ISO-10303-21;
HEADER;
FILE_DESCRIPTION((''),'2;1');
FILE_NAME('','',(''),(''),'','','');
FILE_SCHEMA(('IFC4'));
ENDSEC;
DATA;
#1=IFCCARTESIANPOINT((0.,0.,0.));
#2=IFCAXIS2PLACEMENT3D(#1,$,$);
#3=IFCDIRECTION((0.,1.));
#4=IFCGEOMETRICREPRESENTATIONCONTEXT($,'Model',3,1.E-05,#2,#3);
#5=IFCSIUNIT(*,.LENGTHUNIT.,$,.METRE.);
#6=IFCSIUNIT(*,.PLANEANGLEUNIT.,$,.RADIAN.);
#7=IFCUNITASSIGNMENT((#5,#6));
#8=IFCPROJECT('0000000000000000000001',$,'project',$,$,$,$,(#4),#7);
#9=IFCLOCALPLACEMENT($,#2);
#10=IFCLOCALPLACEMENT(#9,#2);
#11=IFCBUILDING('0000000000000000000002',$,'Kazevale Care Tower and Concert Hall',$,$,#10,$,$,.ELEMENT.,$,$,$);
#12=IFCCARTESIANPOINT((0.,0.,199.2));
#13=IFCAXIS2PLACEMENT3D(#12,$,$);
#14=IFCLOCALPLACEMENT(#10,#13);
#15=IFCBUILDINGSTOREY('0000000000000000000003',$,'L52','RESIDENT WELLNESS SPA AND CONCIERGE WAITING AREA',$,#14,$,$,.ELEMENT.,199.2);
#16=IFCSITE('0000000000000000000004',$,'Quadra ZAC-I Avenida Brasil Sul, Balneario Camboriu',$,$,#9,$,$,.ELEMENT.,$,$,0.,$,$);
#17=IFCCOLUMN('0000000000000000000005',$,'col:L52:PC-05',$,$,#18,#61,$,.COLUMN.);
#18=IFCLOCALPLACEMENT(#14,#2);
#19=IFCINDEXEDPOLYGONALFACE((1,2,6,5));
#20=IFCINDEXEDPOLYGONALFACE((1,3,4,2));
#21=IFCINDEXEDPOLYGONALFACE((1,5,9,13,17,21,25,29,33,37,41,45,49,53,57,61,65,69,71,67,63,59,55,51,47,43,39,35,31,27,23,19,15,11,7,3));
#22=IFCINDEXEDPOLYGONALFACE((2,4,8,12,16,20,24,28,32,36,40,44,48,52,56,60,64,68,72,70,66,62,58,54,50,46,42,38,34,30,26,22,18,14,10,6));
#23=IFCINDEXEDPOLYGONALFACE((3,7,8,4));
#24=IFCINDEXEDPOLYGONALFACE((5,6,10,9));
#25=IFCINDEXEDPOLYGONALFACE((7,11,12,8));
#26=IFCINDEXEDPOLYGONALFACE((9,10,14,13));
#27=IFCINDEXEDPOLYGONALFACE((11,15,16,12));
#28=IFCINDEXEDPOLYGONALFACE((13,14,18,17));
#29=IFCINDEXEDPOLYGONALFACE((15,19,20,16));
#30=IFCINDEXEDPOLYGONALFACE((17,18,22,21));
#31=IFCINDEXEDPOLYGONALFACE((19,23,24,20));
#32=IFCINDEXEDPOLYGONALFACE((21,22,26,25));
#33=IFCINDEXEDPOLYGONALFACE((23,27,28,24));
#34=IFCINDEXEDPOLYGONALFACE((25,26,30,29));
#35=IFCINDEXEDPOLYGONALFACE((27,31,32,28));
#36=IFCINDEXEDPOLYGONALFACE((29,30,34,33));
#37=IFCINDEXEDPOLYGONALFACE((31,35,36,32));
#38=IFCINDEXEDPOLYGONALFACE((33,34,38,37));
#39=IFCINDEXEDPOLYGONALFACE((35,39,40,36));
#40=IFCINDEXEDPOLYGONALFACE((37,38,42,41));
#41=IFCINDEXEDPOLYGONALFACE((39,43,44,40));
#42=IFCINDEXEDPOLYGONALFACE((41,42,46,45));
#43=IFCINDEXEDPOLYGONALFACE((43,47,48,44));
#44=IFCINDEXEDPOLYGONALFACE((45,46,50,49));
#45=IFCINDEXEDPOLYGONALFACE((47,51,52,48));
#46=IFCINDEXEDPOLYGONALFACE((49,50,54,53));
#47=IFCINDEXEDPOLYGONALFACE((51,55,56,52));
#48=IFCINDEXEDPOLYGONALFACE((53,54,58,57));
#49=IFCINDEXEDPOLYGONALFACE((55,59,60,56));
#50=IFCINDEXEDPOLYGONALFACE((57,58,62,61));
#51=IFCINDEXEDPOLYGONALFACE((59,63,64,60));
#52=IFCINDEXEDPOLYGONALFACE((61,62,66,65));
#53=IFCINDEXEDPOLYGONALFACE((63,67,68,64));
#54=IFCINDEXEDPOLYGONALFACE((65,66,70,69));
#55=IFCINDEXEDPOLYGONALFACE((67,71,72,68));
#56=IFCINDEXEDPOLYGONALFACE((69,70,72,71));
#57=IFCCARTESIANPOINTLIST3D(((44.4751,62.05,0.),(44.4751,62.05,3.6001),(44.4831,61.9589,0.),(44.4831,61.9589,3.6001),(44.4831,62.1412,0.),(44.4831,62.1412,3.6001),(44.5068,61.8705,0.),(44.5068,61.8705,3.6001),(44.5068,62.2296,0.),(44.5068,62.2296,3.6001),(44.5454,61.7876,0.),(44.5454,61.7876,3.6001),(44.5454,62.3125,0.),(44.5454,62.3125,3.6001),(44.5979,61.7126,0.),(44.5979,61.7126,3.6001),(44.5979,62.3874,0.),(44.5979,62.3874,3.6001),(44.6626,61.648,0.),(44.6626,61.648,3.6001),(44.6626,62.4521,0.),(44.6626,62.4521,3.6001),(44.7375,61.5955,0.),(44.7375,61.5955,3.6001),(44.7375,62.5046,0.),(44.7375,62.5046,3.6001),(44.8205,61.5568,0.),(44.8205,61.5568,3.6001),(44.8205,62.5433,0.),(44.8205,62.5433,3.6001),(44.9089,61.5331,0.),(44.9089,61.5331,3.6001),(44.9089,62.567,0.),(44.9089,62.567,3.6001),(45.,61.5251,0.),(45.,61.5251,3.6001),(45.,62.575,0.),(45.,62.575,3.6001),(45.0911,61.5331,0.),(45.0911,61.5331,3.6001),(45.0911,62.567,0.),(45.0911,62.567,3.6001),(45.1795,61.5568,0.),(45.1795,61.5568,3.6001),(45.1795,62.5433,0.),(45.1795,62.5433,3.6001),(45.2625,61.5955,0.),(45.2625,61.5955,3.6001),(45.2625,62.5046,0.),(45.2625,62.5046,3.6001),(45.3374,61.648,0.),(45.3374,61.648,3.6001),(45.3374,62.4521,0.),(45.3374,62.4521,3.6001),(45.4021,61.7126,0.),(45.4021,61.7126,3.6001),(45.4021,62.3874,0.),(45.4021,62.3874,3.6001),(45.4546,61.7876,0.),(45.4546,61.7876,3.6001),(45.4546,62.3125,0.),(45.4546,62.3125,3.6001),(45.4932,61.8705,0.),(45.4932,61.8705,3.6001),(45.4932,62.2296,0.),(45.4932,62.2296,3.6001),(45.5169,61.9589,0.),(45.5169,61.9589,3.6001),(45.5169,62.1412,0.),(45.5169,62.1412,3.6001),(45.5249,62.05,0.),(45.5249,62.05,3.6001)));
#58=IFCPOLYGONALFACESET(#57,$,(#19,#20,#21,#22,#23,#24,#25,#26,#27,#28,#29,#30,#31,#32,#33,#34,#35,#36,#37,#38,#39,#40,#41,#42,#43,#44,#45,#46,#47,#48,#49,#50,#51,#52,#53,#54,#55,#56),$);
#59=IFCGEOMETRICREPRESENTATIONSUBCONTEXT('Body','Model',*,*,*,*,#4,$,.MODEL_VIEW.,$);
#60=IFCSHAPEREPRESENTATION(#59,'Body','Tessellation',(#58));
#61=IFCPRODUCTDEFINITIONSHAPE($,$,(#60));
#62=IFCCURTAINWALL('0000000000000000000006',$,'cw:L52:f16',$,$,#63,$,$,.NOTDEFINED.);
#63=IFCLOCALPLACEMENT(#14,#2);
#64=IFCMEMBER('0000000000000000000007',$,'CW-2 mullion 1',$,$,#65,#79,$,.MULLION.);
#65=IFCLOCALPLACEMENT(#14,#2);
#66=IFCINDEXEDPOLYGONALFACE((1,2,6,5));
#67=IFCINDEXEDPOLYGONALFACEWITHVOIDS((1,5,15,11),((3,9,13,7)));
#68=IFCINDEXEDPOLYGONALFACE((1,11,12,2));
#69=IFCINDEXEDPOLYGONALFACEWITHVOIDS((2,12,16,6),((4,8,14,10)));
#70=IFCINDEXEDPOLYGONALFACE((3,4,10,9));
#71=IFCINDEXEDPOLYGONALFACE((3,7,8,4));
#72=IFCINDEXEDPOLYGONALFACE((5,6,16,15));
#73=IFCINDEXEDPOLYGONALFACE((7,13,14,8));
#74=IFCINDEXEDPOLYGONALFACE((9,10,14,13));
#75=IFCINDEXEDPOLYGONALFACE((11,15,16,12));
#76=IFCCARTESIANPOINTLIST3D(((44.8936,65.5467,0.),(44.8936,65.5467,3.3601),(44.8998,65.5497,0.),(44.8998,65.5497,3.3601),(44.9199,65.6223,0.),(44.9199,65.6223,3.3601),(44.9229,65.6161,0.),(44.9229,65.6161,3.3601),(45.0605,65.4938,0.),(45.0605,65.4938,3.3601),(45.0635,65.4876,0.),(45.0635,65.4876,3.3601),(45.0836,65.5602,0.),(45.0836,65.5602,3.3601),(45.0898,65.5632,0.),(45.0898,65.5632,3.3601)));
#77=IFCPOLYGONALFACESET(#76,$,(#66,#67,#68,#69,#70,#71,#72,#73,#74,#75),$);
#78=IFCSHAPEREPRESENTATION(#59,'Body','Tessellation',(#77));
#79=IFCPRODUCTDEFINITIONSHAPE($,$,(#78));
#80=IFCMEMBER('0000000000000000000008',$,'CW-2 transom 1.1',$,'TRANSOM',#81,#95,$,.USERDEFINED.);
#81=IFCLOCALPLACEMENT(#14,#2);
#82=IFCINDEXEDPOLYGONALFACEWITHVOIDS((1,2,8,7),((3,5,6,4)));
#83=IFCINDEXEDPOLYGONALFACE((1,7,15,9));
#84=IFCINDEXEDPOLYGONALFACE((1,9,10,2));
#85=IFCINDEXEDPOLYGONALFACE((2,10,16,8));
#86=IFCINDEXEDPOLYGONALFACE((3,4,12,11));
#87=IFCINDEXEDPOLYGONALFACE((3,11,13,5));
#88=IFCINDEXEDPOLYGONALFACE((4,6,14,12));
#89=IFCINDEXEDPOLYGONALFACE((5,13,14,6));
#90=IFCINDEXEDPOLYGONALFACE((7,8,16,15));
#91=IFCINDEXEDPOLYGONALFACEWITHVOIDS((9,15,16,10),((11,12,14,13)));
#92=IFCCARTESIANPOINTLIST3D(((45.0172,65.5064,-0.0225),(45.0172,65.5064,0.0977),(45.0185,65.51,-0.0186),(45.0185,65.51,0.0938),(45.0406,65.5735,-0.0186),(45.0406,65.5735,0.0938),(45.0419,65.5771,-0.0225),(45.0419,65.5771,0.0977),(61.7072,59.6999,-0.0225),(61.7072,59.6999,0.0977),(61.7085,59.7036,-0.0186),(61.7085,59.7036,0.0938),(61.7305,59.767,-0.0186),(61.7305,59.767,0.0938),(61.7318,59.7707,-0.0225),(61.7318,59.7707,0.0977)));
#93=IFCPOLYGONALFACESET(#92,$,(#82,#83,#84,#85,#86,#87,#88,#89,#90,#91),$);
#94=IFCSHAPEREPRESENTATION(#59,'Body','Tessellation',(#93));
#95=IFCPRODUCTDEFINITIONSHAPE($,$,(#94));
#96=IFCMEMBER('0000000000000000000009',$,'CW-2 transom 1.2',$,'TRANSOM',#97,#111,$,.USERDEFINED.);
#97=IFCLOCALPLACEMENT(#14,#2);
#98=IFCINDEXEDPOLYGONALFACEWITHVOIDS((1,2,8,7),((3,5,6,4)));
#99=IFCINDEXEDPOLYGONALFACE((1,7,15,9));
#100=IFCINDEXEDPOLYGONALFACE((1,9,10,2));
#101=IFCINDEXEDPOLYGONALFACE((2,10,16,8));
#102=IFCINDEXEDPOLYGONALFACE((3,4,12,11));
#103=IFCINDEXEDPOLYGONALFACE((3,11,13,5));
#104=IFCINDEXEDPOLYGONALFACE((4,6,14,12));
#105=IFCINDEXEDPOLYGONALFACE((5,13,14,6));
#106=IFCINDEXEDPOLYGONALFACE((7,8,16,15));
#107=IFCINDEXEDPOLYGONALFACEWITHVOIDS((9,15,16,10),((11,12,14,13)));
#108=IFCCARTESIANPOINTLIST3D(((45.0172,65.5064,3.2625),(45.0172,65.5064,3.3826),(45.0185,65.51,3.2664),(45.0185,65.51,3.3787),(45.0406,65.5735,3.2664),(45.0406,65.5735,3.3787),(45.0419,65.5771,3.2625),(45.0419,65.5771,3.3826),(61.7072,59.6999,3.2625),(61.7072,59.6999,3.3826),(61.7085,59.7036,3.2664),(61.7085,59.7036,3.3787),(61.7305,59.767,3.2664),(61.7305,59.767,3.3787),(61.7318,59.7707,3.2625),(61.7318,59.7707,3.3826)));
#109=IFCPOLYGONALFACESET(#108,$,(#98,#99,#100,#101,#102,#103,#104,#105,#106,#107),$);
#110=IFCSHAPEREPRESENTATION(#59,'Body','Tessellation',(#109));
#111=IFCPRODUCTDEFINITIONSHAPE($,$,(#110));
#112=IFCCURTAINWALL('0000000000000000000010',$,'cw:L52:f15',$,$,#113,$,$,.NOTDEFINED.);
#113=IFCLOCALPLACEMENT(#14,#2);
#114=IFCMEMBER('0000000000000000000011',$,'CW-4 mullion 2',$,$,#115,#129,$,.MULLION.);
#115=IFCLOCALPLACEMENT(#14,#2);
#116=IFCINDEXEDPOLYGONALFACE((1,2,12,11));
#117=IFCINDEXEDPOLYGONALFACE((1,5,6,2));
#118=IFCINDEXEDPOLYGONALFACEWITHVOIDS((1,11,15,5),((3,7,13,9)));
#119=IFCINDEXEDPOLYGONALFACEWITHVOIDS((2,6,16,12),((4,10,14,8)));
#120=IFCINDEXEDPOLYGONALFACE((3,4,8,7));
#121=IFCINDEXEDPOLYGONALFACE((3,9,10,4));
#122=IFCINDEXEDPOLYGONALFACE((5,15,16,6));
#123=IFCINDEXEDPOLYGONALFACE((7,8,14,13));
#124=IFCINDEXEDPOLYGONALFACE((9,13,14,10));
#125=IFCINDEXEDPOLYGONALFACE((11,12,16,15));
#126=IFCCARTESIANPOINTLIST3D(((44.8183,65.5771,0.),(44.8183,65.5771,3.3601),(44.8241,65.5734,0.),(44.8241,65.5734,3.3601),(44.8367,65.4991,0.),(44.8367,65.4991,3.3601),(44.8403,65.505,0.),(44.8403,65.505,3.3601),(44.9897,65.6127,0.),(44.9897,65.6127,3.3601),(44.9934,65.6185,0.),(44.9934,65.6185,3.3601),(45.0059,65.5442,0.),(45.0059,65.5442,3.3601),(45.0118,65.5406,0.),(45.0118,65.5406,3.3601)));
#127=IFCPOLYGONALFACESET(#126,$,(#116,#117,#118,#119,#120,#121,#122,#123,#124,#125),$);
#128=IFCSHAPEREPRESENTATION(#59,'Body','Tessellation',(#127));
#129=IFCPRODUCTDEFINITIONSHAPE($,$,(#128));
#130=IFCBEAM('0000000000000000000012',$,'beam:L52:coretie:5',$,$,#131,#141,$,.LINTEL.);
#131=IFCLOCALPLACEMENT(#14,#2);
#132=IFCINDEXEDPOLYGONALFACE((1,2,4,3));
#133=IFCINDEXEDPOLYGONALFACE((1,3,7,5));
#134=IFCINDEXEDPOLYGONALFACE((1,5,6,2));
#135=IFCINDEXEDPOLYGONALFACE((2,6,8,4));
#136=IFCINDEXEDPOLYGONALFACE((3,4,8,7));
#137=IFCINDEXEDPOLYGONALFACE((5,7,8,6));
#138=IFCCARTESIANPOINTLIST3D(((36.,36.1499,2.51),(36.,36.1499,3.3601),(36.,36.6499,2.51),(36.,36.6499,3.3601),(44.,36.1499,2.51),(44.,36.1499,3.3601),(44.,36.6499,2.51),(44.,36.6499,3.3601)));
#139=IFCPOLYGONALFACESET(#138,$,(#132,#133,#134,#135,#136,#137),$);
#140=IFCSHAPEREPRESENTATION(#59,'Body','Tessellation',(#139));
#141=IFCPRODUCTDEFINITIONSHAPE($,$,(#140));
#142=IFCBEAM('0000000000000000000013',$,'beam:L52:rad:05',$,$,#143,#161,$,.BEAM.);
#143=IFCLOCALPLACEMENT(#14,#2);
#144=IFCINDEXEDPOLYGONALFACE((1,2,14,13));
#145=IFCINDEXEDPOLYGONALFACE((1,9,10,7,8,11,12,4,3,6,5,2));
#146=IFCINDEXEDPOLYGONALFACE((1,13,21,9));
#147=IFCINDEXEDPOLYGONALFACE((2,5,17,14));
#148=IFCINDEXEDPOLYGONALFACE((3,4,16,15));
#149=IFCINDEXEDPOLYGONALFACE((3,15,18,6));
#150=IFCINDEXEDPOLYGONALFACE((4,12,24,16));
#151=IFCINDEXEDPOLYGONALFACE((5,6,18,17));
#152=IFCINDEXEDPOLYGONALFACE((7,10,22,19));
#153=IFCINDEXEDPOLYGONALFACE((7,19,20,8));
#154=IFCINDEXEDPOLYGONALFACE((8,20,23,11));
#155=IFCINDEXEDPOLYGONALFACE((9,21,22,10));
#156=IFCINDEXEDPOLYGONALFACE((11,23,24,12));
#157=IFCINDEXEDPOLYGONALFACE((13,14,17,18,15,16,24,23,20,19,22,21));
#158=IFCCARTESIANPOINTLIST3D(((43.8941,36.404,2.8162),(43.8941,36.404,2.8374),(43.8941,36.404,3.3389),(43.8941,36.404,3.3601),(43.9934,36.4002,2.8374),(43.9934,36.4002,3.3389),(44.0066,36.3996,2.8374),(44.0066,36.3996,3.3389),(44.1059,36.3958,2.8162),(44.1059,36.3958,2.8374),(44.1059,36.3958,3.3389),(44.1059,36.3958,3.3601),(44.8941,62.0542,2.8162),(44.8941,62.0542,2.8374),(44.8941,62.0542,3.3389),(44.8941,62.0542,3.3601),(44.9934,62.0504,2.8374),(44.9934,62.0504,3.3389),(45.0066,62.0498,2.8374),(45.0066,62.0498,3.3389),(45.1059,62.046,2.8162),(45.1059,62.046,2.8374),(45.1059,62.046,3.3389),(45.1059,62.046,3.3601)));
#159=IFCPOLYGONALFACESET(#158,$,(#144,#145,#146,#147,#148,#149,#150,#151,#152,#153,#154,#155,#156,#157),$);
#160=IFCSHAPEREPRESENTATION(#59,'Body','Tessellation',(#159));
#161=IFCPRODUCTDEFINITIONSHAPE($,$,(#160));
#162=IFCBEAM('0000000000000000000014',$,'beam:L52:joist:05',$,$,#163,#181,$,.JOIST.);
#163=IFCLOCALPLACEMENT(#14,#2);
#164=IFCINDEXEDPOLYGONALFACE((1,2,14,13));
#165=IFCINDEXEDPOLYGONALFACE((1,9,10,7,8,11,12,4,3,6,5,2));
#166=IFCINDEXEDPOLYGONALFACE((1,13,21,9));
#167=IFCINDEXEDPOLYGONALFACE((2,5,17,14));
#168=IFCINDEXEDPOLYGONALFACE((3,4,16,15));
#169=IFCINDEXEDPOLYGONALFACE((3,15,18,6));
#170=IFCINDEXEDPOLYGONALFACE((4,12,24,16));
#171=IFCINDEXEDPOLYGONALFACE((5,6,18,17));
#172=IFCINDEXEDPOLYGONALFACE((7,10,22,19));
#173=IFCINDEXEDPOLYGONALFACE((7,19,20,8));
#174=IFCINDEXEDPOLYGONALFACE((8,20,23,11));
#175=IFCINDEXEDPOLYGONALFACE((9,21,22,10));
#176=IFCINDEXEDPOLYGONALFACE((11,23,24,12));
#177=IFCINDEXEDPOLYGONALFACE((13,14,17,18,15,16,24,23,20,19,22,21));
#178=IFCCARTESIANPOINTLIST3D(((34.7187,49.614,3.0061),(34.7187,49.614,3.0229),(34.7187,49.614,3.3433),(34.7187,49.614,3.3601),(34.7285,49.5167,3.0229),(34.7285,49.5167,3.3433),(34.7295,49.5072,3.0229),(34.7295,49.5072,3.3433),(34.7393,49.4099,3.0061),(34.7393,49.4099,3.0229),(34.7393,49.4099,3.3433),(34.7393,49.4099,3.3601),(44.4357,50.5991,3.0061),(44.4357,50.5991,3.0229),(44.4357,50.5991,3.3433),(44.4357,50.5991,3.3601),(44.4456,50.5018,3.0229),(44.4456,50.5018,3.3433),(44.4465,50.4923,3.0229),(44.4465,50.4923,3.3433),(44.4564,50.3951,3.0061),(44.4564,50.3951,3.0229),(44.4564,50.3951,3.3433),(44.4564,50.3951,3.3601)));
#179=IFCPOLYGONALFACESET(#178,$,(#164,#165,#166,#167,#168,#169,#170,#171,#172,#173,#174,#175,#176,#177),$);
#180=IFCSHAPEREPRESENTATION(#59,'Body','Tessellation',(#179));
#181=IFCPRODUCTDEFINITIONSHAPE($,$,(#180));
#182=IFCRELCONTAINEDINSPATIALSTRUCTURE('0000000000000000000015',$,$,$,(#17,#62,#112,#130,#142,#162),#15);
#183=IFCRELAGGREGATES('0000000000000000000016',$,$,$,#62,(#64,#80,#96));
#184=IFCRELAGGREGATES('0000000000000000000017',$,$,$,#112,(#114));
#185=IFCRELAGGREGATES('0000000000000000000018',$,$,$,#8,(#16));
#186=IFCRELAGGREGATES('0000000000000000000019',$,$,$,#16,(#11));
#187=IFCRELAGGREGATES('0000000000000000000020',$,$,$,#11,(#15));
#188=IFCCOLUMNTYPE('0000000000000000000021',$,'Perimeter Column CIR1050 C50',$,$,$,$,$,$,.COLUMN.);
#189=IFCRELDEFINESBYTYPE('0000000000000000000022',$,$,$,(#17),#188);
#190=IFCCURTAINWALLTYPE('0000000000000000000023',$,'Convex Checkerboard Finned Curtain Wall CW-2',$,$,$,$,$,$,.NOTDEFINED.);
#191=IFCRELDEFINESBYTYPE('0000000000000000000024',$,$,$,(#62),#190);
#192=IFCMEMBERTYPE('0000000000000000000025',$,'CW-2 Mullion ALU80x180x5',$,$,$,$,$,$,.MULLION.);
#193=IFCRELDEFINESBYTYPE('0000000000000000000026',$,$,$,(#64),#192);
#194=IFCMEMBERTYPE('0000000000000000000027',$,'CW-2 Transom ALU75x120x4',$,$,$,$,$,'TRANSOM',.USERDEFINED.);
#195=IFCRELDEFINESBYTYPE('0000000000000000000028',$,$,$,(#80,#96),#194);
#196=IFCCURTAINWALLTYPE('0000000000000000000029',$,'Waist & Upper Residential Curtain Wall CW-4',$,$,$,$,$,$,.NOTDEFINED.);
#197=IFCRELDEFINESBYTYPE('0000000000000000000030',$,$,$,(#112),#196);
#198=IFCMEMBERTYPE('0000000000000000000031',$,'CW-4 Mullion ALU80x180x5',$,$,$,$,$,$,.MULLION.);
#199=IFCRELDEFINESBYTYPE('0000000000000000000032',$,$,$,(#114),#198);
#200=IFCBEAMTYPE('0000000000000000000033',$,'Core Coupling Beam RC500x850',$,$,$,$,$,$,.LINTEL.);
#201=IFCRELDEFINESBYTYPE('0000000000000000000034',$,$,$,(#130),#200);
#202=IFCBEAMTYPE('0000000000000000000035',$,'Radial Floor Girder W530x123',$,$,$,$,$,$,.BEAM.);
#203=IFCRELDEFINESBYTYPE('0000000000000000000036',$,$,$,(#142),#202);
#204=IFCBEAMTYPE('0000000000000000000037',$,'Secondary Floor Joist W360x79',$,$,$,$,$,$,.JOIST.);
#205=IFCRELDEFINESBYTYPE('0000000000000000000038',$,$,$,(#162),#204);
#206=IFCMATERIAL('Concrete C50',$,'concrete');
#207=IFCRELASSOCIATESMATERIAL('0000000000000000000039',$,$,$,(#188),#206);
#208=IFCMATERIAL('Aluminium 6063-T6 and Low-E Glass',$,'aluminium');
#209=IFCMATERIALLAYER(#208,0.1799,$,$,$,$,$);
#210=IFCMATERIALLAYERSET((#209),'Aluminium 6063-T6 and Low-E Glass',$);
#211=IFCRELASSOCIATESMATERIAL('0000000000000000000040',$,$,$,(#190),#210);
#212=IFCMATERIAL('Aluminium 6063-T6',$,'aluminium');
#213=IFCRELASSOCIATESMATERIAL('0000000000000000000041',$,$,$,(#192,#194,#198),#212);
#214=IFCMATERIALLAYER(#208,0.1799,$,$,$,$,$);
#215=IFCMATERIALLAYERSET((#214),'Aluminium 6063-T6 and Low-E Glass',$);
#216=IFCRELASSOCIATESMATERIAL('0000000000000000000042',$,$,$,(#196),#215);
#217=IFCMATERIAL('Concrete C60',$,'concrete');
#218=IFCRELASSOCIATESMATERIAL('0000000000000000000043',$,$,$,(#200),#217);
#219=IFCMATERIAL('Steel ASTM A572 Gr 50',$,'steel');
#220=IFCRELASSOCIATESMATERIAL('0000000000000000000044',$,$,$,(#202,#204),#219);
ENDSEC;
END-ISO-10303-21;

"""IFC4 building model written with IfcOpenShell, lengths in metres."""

from ifc_helpers import new_model, si_unit, direction, frame, origin, origin_2d, place, context, subcontext, project, spatial, rectangle, hollow_rectangle, circle, i_section, extrude, material, layer, layer_set, material_profile, profile_set, type_object, element, aggregate, save


model = new_model("IFC4")

# Units and contexts
model_context = context("Model", 3, precision=1e-05, world=origin(), true_north=direction((0.0, 1.0)))
body_context = subcontext(model_context, "Body", "Model", "MODEL_VIEW")
ifc_project = project(units=[si_unit("LENGTHUNIT", "METRE"), si_unit("PLANEANGLEUNIT", "RADIAN")], contexts=[model_context])

# Site, building, storey
site_placement = place(None, origin())
site = spatial("IfcSite", under=ifc_project, at=site_placement, Name="Quadra ZAC-I Avenida Brasil Sul, Balneario Camboriu", CompositionType="ELEMENT", RefElevation=0.0)
building_placement = place(site_placement, origin())
building = spatial("IfcBuilding", under=site, at=building_placement, Name="Kazevale Care Tower and Concert Hall", CompositionType="ELEMENT")
storey_placement = place(building_placement, frame((0.0, 0.0, 199.2)))
storey = spatial("IfcBuildingStorey", under=building, at=storey_placement, Name="L52", Description="RESIDENT WELLNESS SPA AND CONCIERGE WAITING AREA", CompositionType="ELEMENT", Elevation=199.2)

# Column
ifc_material_1 = material(Name="Concrete C50", Category="concrete")
ifc_material_profile_1 = material_profile(ifc_material_1, circle(Radius=0.5249, at=origin_2d()), Name="RC-CIR1050")
ifc_profile_set_1 = profile_set([ifc_material_profile_1], Name="Concrete C50")
column_type = type_object("IfcColumnType", Name="Perimeter Column CIR1050 C50", PredefinedType="COLUMN", material=ifc_profile_set_1)
column_placement = place(storey_placement, frame((45.0, 62.05, 0.0), z_axis=(0.0, 0.0, 1.0), x_axis=(1.0, 0.0, 0.0)))
element("IfcColumn", 1, at=column_placement, inside=storey, type_object=column_type, Name="col:L52:PC-05", PredefinedType="COLUMN", context=body_context, shape_type="SweptSolid", body=[
    extrude(circle(Radius=0.5249, at=origin_2d()), origin(), (0.0, 0.0, 1.0), 3.6001),
])

# Curtain wall, members
ifc_material_2 = material(Name="Aluminium 6063-T6 and Low-E Glass", Category="aluminium")
ifc_layer_1 = layer(ifc_material_2, 0.1799)
ifc_layer_set_1 = layer_set([ifc_layer_1], Name="Aluminium 6063-T6 and Low-E Glass")
curtain_wall_type_1 = type_object("IfcCurtainWallType", Name="Convex Checkerboard Finned Curtain Wall CW-2", PredefinedType="NOTDEFINED", material=ifc_layer_set_1)
curtain_wall_1_placement = place(storey_placement, origin())
curtain_wall_1 = element("IfcCurtainWall", 2, at=curtain_wall_1_placement, inside=storey, type_object=curtain_wall_type_1, Name="cw:L52:f16", PredefinedType="NOTDEFINED")
ifc_material_3 = material(Name="Aluminium 6063-T6", Category="aluminium")
ifc_material_profile_2 = material_profile(ifc_material_3, hollow_rectangle(XDim=0.0801, YDim=0.1799, WallThickness=0.0049, at=origin_2d()), Name="ALU80x180x5")
ifc_profile_set_2 = profile_set([ifc_material_profile_2], Name="Aluminium 6063-T6")
member_type_1 = type_object("IfcMemberType", Name="CW-2 Mullion ALU80x180x5", PredefinedType="MULLION", material=ifc_profile_set_2)
member_1_placement = place(storey_placement, frame((44.9917, 65.5549, 0.0), z_axis=(0.0, 0.0, 1.0), x_axis=(0.328584, 0.944475, 0.0)))
member_1 = element("IfcMember", 3, at=member_1_placement, type_object=member_type_1, Name="CW-2 mullion 1", PredefinedType="MULLION", context=body_context, shape_type="SweptSolid", body=[
    extrude(hollow_rectangle(XDim=0.0801, YDim=0.1799, WallThickness=0.0049, at=origin_2d()), origin(), (0.0, 0.0, 1.0), 3.3601),
])
ifc_material_profile_3 = material_profile(ifc_material_3, hollow_rectangle(XDim=0.075, YDim=0.1201, WallThickness=0.0039, at=origin_2d()), Name="ALU75x120x4")
ifc_profile_set_3 = profile_set([ifc_material_profile_3], Name="Aluminium 6063-T6")
member_type_2 = type_object("IfcMemberType", Name="CW-2 Transom ALU75x120x4", ElementType="TRANSOM", PredefinedType="USERDEFINED", material=ifc_profile_set_3)
member_2_placement = place(storey_placement, frame((45.0295, 65.5417, 0.0376), z_axis=(0.944476, -0.328581, 0.0), x_axis=(0.328581, 0.944476, 0.0)))
member_2 = element("IfcMember", 4, at=member_2_placement, type_object=member_type_2, Name="CW-2 transom 1.1", ObjectType="TRANSOM", PredefinedType="USERDEFINED", context=body_context, shape_type="SweptSolid", body=[
    extrude(hollow_rectangle(XDim=0.075, YDim=0.1201, WallThickness=0.0039, at=origin_2d()), origin(), (0.0, 0.0, 1.0), 17.6711),
])
member_3_placement = place(storey_placement, frame((45.0295, 65.5417, 3.3225), z_axis=(0.944476, -0.328581, 0.0), x_axis=(0.328581, 0.944476, 0.0)))
member_3 = element("IfcMember", 5, at=member_3_placement, type_object=member_type_2, Name="CW-2 transom 1.2", ObjectType="TRANSOM", PredefinedType="USERDEFINED", context=body_context, shape_type="SweptSolid", body=[
    extrude(hollow_rectangle(XDim=0.075, YDim=0.1201, WallThickness=0.0039, at=origin_2d()), origin(), (0.0, 0.0, 1.0), 17.6711),
])
aggregate(curtain_wall_1, [member_1, member_2, member_3])

# Curtain wall, member
ifc_layer_2 = layer(ifc_material_2, 0.1799)
ifc_layer_set_2 = layer_set([ifc_layer_2], Name="Aluminium 6063-T6 and Low-E Glass")
curtain_wall_type_2 = type_object("IfcCurtainWallType", Name="Waist & Upper Residential Curtain Wall CW-4", PredefinedType="NOTDEFINED", material=ifc_layer_set_2)
curtain_wall_2_placement = place(storey_placement, origin())
curtain_wall_2 = element("IfcCurtainWall", 6, at=curtain_wall_2_placement, inside=storey, type_object=curtain_wall_type_2, Name="cw:L52:f15", PredefinedType="NOTDEFINED")
ifc_material_profile_4 = material_profile(ifc_material_3, hollow_rectangle(XDim=0.0801, YDim=0.1799, WallThickness=0.0049, at=origin_2d()), Name="ALU80x180x5")
ifc_profile_set_4 = profile_set([ifc_material_profile_4], Name="Aluminium 6063-T6")
member_type_3 = type_object("IfcMemberType", Name="CW-4 Mullion ALU80x180x5", PredefinedType="MULLION", material=ifc_profile_set_4)
member_4_placement = place(storey_placement, frame((44.915, 65.5588, 0.0), z_axis=(0.0, 0.0, 1.0), x_axis=(-0.230439, 0.973087, 0.0)))
member_4 = element("IfcMember", 7, at=member_4_placement, type_object=member_type_3, Name="CW-4 mullion 2", PredefinedType="MULLION", context=body_context, shape_type="SweptSolid", body=[
    extrude(hollow_rectangle(XDim=0.0801, YDim=0.1799, WallThickness=0.0049, at=origin_2d()), origin(), (0.0, 0.0, 1.0), 3.3601),
])

# Beams
ifc_material_4 = material(Name="Concrete C60", Category="concrete")
ifc_material_profile_5 = material_profile(ifc_material_4, rectangle(XDim=0.5, YDim=0.8501, at=origin_2d()), Name="RC-B500x850")
ifc_profile_set_5 = profile_set([ifc_material_profile_5], Name="Concrete C60")
beam_type_1 = type_object("IfcBeamType", Name="Core Coupling Beam RC500x850", PredefinedType="LINTEL", material=ifc_profile_set_5)
beam_1_placement = place(storey_placement, frame((44.0, 36.3999, 2.9351), z_axis=(-1.0, 0.0, 0.0), x_axis=(0.0, -1.0, 0.0)))
element("IfcBeam", 8, at=beam_1_placement, inside=storey, type_object=beam_type_1, Name="beam:L52:coretie:5", PredefinedType="LINTEL", context=body_context, shape_type="SweptSolid", body=[
    extrude(rectangle(XDim=0.5, YDim=0.8501, at=origin_2d()), origin(), (0.0, 0.0, 1.0), 8.0),
])
ifc_material_5 = material(Name="Steel ASTM A572 Gr 50", Category="steel")
ifc_material_profile_6 = material_profile(ifc_material_5, i_section(OverallWidth=0.2119, OverallDepth=0.5439, WebThickness=0.0132, FlangeThickness=0.0212, at=origin_2d()), Name="W530x123")
ifc_profile_set_6 = profile_set([ifc_material_profile_6], Name="Steel ASTM A572 Gr 50")
beam_type_2 = type_object("IfcBeamType", Name="Radial Floor Girder W530x123", PredefinedType="BEAM", material=ifc_profile_set_6)
beam_2_placement = place(storey_placement, frame((44.0, 36.3999, 3.0881), z_axis=(0.038957, 0.999241, 0.0), x_axis=(-0.999241, 0.038957, 0.0)))
element("IfcBeam", 9, at=beam_2_placement, inside=storey, type_object=beam_type_2, Name="beam:L52:rad:05", PredefinedType="BEAM", context=body_context, shape_type="SweptSolid", body=[
    extrude(i_section(OverallWidth=0.2119, OverallDepth=0.5439, WebThickness=0.0132, FlangeThickness=0.0212, at=origin_2d()), origin(), (0.0, 0.0, 1.0), 25.6697),
])
ifc_material_profile_7 = material_profile(ifc_material_5, i_section(OverallWidth=0.2051, OverallDepth=0.354, WebThickness=0.0095, FlangeThickness=0.0168, at=origin_2d()), Name="W360x79")
ifc_profile_set_7 = profile_set([ifc_material_profile_7], Name="Steel ASTM A572 Gr 50")
beam_type_3 = type_object("IfcBeamType", Name="Secondary Floor Joist W360x79", PredefinedType="JOIST", material=ifc_profile_set_7)
beam_3_placement = place(storey_placement, frame((44.446, 50.4971, 3.1831), z_axis=(-0.9949, -0.100862, 0.0), x_axis=(0.100862, -0.9949, 0.0)))
element("IfcBeam", 10, at=beam_3_placement, inside=storey, type_object=beam_type_3, Name="beam:L52:joist:05", PredefinedType="JOIST", context=body_context, shape_type="SweptSolid", body=[
    extrude(i_section(OverallWidth=0.2051, OverallDepth=0.354, WebThickness=0.0095, FlangeThickness=0.0168, at=origin_2d()), origin(), (0.0, 0.0, 1.0), 9.7668),
])

aggregate(curtain_wall_2, [member_4])

save(model, "model.ifc")
